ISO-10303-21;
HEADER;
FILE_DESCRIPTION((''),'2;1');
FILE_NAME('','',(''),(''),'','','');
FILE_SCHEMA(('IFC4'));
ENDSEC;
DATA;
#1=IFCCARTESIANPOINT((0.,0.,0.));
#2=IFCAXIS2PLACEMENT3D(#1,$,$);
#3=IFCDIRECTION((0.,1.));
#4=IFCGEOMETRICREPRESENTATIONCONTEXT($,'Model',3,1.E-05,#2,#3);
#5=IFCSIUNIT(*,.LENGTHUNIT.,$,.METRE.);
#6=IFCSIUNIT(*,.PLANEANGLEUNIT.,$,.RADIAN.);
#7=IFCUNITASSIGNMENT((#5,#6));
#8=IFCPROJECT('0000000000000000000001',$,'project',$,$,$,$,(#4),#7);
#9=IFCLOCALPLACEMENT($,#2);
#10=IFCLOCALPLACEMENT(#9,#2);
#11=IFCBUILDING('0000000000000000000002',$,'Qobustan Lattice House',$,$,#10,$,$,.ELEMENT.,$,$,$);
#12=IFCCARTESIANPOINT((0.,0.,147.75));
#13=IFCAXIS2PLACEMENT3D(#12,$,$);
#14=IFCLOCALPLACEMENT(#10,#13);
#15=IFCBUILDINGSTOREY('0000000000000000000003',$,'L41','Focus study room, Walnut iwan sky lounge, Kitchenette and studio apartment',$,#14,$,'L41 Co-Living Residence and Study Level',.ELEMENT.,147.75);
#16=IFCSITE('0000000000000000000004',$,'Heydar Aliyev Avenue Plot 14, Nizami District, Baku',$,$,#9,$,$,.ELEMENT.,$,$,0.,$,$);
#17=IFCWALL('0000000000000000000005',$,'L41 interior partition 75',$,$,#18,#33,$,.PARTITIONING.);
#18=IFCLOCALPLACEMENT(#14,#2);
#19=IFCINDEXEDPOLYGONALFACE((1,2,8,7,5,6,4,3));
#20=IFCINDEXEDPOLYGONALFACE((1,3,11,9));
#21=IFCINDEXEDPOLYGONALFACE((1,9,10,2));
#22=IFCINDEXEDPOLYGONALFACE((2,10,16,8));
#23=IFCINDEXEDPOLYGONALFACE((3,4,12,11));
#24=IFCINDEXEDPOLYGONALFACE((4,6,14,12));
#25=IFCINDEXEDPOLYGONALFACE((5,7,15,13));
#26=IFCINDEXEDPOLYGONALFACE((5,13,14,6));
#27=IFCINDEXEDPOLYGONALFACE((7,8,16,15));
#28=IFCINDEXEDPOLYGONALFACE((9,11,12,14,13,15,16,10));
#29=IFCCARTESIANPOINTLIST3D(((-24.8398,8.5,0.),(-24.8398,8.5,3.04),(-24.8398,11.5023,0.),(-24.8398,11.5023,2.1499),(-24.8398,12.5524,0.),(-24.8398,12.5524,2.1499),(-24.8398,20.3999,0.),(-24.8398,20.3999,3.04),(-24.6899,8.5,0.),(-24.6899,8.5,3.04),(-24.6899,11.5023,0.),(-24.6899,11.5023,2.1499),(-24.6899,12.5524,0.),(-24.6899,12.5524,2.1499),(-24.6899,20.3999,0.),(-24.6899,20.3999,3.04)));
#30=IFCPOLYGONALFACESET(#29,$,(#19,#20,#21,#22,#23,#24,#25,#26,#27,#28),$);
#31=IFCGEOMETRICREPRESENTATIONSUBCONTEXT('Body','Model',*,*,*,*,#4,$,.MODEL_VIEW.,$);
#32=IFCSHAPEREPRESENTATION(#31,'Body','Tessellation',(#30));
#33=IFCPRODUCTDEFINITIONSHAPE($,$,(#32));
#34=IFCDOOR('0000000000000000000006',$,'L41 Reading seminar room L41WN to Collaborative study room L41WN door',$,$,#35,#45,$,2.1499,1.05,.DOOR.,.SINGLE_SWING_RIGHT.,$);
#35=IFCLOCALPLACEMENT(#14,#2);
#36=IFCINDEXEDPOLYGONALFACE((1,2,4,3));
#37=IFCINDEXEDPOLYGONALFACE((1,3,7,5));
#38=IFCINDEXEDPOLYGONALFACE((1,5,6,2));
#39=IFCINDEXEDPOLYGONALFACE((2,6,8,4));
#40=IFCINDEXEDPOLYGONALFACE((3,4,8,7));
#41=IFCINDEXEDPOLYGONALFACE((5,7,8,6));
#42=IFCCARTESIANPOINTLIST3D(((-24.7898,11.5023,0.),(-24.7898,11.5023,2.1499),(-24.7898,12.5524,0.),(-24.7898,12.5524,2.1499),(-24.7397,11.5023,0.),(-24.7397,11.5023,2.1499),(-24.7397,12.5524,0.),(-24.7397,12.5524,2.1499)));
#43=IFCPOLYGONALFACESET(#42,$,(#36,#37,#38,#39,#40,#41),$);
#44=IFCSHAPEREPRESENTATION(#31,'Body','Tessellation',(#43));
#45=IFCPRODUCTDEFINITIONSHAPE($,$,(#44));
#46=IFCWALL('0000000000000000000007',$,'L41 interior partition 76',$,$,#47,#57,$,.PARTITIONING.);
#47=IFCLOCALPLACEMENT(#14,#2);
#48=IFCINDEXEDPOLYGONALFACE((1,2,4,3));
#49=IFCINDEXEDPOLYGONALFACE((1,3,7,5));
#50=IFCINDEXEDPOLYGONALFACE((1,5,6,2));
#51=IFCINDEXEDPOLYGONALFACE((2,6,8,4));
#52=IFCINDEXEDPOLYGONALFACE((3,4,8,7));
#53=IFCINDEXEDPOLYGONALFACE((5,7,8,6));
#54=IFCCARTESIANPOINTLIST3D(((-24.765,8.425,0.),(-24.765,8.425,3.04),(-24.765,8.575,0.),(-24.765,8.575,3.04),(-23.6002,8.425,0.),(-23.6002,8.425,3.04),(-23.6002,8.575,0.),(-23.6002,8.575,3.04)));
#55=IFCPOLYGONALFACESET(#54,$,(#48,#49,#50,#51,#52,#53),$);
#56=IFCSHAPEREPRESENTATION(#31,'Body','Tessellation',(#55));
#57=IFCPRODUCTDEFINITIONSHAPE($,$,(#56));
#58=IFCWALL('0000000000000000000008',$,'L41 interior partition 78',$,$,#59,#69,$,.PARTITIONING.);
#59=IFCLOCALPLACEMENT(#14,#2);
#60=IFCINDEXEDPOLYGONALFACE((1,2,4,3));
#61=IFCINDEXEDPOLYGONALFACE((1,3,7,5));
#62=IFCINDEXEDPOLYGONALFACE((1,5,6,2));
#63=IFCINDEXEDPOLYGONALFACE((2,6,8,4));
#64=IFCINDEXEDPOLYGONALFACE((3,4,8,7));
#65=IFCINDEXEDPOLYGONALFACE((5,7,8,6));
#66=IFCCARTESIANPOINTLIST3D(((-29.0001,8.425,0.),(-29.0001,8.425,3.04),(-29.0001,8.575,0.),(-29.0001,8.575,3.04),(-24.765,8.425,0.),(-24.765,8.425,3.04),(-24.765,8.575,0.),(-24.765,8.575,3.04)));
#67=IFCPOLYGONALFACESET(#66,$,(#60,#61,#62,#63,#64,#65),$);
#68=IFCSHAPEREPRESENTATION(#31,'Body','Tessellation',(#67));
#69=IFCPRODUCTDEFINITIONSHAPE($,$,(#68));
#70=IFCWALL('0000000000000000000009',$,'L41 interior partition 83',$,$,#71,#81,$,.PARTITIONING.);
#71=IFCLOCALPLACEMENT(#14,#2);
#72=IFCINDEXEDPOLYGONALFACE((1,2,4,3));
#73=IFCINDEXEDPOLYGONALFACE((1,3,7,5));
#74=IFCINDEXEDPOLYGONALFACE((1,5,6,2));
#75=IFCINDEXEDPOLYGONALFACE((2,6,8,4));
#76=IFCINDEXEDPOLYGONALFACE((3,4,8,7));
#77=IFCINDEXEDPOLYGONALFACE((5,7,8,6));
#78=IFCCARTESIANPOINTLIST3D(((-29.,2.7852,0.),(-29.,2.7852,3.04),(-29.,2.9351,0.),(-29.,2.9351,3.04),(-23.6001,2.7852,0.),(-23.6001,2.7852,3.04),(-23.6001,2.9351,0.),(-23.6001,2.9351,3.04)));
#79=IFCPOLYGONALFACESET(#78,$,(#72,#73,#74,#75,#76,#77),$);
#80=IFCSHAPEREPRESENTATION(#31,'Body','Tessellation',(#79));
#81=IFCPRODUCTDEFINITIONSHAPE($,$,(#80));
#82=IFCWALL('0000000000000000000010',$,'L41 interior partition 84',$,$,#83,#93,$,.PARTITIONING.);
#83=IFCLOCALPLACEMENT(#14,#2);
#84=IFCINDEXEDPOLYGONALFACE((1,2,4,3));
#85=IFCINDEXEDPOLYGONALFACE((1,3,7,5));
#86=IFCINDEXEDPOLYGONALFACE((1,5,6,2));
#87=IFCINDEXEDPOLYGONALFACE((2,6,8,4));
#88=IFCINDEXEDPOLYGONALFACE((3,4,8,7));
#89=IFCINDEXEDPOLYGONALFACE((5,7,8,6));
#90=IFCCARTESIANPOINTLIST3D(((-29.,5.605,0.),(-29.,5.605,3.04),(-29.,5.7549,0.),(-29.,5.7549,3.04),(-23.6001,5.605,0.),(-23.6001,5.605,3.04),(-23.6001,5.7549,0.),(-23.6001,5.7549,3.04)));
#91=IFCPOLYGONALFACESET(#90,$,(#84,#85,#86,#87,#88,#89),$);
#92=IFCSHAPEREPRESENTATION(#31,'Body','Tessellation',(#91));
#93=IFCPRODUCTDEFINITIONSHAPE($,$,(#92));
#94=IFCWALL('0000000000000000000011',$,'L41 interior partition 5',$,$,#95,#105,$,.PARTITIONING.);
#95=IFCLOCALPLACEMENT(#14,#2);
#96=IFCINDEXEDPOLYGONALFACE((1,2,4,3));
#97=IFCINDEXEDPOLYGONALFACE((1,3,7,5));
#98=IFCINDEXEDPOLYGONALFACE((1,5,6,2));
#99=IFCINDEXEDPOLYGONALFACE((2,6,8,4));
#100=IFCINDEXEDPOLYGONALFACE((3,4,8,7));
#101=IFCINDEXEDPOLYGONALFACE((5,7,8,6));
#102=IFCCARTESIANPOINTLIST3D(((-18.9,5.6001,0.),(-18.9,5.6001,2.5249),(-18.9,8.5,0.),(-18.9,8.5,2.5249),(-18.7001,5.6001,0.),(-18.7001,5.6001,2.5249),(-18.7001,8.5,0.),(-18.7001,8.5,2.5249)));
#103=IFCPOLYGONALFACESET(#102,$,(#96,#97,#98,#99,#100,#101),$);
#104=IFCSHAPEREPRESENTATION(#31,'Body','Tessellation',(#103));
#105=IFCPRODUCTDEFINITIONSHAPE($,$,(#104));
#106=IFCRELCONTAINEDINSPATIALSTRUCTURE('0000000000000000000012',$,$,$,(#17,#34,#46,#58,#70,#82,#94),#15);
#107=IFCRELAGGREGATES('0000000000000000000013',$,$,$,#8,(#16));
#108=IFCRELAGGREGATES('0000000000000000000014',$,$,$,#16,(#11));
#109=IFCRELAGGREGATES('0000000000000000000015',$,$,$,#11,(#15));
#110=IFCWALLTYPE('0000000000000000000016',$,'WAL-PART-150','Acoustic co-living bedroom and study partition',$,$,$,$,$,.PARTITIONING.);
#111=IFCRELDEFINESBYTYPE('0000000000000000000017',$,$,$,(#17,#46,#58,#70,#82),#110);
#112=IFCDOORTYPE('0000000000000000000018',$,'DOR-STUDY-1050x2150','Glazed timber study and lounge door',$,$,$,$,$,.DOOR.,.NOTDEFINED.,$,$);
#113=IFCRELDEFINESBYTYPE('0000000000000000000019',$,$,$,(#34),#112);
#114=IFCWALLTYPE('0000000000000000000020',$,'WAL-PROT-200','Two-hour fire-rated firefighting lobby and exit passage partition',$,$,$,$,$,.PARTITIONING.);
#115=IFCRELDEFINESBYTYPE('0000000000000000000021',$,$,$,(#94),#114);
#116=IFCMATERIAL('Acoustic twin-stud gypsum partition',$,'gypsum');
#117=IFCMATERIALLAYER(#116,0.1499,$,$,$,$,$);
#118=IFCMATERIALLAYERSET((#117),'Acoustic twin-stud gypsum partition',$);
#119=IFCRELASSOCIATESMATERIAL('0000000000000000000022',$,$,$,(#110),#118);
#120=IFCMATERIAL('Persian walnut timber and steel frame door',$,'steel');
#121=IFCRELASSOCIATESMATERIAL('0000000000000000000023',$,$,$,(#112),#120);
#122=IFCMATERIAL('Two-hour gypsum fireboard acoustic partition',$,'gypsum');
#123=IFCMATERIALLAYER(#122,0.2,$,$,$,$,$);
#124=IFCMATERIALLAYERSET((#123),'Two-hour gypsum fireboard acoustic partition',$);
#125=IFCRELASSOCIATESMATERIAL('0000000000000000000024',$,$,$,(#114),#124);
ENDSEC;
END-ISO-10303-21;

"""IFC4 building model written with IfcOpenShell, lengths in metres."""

from ifc_helpers import new_model, si_unit, direction, frame, frame_2d, origin, place, context, subcontext, project, spatial, rectangle, extrude, material, layer, layer_set, type_object, element, fill, save


model = new_model("IFC4")

# Units and contexts
model_context = context("Model", 3, precision=1e-05, world=origin(), true_north=direction((0.0, 1.0)))
body_context = subcontext(model_context, "Body", "Model", "MODEL_VIEW")
ifc_project = project(units=[si_unit("LENGTHUNIT", "METRE"), si_unit("PLANEANGLEUNIT", "RADIAN")], contexts=[model_context])

# Site, building, storey
site_placement = place(None, origin())
site = spatial("IfcSite", under=ifc_project, at=site_placement, Name="Heydar Aliyev Avenue Plot 14, Nizami District, Baku", CompositionType="ELEMENT", RefElevation=0.0)
building_placement = place(site_placement, origin())
building = spatial("IfcBuilding", under=site, at=building_placement, Name="Qobustan Lattice House", CompositionType="ELEMENT")
storey_placement = place(building_placement, frame((0.0, 0.0, 147.75)))
storey = spatial("IfcBuildingStorey", under=building, at=storey_placement, Name="L41", Description="Focus study room, Walnut iwan sky lounge, Kitchenette and studio apartment", LongName="L41 Co-Living Residence and Study Level", CompositionType="ELEMENT", Elevation=147.75)

# Wall, opening, door
ifc_material_1 = material(Name="Acoustic twin-stud gypsum partition", Category="gypsum")
ifc_layer_1 = layer(ifc_material_1, 0.1499)
ifc_layer_set_1 = layer_set([ifc_layer_1], Name="Acoustic twin-stud gypsum partition")
wall_type_1 = type_object("IfcWallType", Name="WAL-PART-150", Description="Acoustic co-living bedroom and study partition", PredefinedType="PARTITIONING", material=ifc_layer_set_1)
ifc_material_2 = material(Name="Persian walnut timber and steel frame door", Category="steel")
door_type_1 = type_object("IfcDoorType", Name="DOR-STUDY-1050x2150", Description="Glazed timber study and lounge door", OperationType="NOTDEFINED", PredefinedType="DOOR", material=ifc_material_2)
wall_1_placement = place(storey_placement, frame((-24.7649, 8.5, 0.0), z_axis=(0.0, 0.0, 1.0), x_axis=(0.0, 1.0, 0.0)))
wall_1 = element("IfcWall", 1, at=wall_1_placement, inside=storey, type_object=wall_type_1, Name="L41 interior partition 75", PredefinedType="PARTITIONING", context=body_context, shape_type="SweptSolid", body=[
    extrude(rectangle(XDim=11.8999, YDim=0.1499, at=frame_2d((5.95, 0.0))), origin(), (0.0, 0.0, 1.0), 3.04),
])
opening_1_placement = place(wall_1_placement, frame((3.0024, 0.0, 0.0)))
opening_1 = element("IfcOpeningElement", 2, at=opening_1_placement, cuts=wall_1, PredefinedType="OPENING", context=body_context, shape_type="SweptSolid", body=[
    extrude(rectangle(XDim=1.05, YDim=2.1499, at=frame_2d((0.5249, 1.075))), frame((0.0, 0.085, 0.0), z_axis=(0.0, -1.0, 0.0), x_axis=(1.0, 0.0, 0.0)), (0.0, 0.0, 1.0), 0.1699),
])
door_1_placement = place(opening_1_placement, origin())
door_1 = element("IfcDoor", 3, at=door_1_placement, inside=storey, type_object=door_type_1, Name="L41 Reading seminar room L41WN to Collaborative study room L41WN door", OperationType="SINGLE_SWING_RIGHT", OverallHeight=2.1499, OverallWidth=1.05, PredefinedType="DOOR", context=body_context, shape_type="SweptSolid", body=[
    extrude(rectangle(XDim=1.05, YDim=2.1499, at=frame_2d((0.5249, 1.075))), frame((0.0, 0.0249, 0.0), z_axis=(0.0, -1.0, 0.0), x_axis=(1.0, 0.0, 0.0)), (0.0, 0.0, 1.0), 0.05),
])
fill(opening_1, door_1)

# Walls
wall_2_placement = place(storey_placement, frame((-23.6001, 8.5, 0.0), z_axis=(0.0, 0.0, 1.0), x_axis=(-1.0, 0.0, 0.0)))
element("IfcWall", 4, at=wall_2_placement, inside=storey, type_object=wall_type_1, Name="L41 interior partition 76", PredefinedType="PARTITIONING", context=body_context, shape_type="SweptSolid", body=[
    extrude(rectangle(XDim=1.1648, YDim=0.1499, at=frame_2d((0.5825, 0.0))), origin(), (0.0, 0.0, 1.0), 3.04),
])
wall_3_placement = place(storey_placement, frame((-24.7649, 8.5, 0.0), z_axis=(0.0, 0.0, 1.0), x_axis=(-1.0, 0.0, 0.0)))
element("IfcWall", 5, at=wall_3_placement, inside=storey, type_object=wall_type_1, Name="L41 interior partition 78", PredefinedType="PARTITIONING", context=body_context, shape_type="SweptSolid", body=[
    extrude(rectangle(XDim=4.2351, YDim=0.1499, at=frame_2d((2.1177, 0.0))), origin(), (0.0, 0.0, 1.0), 3.04),
])
for number, where, z_axis, x_axis, name in (
    (6, (-29.0, 2.8601, 0.0), (0.0, 0.0, 1.0), (1.0, 0.0, 0.0), "L41 interior partition 83"),
    (7, (-29.0, 5.6799, 0.0), (0.0, 0.0, 1.0), (1.0, 0.0, 0.0), "L41 interior partition 84"),
):
    element("IfcWall", number, at=place(storey_placement, frame(where, z_axis=z_axis, x_axis=x_axis)), inside=storey, type_object=wall_type_1, Name=name, PredefinedType="PARTITIONING", context=body_context, shape_type="SweptSolid", body=[
        extrude(rectangle(XDim=5.3999, YDim=0.1499, at=frame_2d((2.7, 0.0))), origin(), (0.0, 0.0, 1.0), 3.04),
    ])
ifc_material_3 = material(Name="Two-hour gypsum fireboard acoustic partition", Category="gypsum")
ifc_layer_2 = layer(ifc_material_3, 0.2)
ifc_layer_set_2 = layer_set([ifc_layer_2], Name="Two-hour gypsum fireboard acoustic partition")
wall_type_2 = type_object("IfcWallType", Name="WAL-PROT-200", Description="Two-hour fire-rated firefighting lobby and exit passage partition", PredefinedType="PARTITIONING", material=ifc_layer_set_2)
wall_4_placement = place(storey_placement, frame((-18.8, 8.5, 0.0), z_axis=(0.0, 0.0, 1.0), x_axis=(0.0, -1.0, 0.0)))
element("IfcWall", 8, at=wall_4_placement, inside=storey, type_object=wall_type_2, Name="L41 interior partition 5", PredefinedType="PARTITIONING", context=body_context, shape_type="SweptSolid", body=[
    extrude(rectangle(XDim=2.8999, YDim=0.2, at=frame_2d((1.45, 0.0))), origin(), (0.0, 0.0, 1.0), 2.5249),
])

save(model, "model.ifc")
